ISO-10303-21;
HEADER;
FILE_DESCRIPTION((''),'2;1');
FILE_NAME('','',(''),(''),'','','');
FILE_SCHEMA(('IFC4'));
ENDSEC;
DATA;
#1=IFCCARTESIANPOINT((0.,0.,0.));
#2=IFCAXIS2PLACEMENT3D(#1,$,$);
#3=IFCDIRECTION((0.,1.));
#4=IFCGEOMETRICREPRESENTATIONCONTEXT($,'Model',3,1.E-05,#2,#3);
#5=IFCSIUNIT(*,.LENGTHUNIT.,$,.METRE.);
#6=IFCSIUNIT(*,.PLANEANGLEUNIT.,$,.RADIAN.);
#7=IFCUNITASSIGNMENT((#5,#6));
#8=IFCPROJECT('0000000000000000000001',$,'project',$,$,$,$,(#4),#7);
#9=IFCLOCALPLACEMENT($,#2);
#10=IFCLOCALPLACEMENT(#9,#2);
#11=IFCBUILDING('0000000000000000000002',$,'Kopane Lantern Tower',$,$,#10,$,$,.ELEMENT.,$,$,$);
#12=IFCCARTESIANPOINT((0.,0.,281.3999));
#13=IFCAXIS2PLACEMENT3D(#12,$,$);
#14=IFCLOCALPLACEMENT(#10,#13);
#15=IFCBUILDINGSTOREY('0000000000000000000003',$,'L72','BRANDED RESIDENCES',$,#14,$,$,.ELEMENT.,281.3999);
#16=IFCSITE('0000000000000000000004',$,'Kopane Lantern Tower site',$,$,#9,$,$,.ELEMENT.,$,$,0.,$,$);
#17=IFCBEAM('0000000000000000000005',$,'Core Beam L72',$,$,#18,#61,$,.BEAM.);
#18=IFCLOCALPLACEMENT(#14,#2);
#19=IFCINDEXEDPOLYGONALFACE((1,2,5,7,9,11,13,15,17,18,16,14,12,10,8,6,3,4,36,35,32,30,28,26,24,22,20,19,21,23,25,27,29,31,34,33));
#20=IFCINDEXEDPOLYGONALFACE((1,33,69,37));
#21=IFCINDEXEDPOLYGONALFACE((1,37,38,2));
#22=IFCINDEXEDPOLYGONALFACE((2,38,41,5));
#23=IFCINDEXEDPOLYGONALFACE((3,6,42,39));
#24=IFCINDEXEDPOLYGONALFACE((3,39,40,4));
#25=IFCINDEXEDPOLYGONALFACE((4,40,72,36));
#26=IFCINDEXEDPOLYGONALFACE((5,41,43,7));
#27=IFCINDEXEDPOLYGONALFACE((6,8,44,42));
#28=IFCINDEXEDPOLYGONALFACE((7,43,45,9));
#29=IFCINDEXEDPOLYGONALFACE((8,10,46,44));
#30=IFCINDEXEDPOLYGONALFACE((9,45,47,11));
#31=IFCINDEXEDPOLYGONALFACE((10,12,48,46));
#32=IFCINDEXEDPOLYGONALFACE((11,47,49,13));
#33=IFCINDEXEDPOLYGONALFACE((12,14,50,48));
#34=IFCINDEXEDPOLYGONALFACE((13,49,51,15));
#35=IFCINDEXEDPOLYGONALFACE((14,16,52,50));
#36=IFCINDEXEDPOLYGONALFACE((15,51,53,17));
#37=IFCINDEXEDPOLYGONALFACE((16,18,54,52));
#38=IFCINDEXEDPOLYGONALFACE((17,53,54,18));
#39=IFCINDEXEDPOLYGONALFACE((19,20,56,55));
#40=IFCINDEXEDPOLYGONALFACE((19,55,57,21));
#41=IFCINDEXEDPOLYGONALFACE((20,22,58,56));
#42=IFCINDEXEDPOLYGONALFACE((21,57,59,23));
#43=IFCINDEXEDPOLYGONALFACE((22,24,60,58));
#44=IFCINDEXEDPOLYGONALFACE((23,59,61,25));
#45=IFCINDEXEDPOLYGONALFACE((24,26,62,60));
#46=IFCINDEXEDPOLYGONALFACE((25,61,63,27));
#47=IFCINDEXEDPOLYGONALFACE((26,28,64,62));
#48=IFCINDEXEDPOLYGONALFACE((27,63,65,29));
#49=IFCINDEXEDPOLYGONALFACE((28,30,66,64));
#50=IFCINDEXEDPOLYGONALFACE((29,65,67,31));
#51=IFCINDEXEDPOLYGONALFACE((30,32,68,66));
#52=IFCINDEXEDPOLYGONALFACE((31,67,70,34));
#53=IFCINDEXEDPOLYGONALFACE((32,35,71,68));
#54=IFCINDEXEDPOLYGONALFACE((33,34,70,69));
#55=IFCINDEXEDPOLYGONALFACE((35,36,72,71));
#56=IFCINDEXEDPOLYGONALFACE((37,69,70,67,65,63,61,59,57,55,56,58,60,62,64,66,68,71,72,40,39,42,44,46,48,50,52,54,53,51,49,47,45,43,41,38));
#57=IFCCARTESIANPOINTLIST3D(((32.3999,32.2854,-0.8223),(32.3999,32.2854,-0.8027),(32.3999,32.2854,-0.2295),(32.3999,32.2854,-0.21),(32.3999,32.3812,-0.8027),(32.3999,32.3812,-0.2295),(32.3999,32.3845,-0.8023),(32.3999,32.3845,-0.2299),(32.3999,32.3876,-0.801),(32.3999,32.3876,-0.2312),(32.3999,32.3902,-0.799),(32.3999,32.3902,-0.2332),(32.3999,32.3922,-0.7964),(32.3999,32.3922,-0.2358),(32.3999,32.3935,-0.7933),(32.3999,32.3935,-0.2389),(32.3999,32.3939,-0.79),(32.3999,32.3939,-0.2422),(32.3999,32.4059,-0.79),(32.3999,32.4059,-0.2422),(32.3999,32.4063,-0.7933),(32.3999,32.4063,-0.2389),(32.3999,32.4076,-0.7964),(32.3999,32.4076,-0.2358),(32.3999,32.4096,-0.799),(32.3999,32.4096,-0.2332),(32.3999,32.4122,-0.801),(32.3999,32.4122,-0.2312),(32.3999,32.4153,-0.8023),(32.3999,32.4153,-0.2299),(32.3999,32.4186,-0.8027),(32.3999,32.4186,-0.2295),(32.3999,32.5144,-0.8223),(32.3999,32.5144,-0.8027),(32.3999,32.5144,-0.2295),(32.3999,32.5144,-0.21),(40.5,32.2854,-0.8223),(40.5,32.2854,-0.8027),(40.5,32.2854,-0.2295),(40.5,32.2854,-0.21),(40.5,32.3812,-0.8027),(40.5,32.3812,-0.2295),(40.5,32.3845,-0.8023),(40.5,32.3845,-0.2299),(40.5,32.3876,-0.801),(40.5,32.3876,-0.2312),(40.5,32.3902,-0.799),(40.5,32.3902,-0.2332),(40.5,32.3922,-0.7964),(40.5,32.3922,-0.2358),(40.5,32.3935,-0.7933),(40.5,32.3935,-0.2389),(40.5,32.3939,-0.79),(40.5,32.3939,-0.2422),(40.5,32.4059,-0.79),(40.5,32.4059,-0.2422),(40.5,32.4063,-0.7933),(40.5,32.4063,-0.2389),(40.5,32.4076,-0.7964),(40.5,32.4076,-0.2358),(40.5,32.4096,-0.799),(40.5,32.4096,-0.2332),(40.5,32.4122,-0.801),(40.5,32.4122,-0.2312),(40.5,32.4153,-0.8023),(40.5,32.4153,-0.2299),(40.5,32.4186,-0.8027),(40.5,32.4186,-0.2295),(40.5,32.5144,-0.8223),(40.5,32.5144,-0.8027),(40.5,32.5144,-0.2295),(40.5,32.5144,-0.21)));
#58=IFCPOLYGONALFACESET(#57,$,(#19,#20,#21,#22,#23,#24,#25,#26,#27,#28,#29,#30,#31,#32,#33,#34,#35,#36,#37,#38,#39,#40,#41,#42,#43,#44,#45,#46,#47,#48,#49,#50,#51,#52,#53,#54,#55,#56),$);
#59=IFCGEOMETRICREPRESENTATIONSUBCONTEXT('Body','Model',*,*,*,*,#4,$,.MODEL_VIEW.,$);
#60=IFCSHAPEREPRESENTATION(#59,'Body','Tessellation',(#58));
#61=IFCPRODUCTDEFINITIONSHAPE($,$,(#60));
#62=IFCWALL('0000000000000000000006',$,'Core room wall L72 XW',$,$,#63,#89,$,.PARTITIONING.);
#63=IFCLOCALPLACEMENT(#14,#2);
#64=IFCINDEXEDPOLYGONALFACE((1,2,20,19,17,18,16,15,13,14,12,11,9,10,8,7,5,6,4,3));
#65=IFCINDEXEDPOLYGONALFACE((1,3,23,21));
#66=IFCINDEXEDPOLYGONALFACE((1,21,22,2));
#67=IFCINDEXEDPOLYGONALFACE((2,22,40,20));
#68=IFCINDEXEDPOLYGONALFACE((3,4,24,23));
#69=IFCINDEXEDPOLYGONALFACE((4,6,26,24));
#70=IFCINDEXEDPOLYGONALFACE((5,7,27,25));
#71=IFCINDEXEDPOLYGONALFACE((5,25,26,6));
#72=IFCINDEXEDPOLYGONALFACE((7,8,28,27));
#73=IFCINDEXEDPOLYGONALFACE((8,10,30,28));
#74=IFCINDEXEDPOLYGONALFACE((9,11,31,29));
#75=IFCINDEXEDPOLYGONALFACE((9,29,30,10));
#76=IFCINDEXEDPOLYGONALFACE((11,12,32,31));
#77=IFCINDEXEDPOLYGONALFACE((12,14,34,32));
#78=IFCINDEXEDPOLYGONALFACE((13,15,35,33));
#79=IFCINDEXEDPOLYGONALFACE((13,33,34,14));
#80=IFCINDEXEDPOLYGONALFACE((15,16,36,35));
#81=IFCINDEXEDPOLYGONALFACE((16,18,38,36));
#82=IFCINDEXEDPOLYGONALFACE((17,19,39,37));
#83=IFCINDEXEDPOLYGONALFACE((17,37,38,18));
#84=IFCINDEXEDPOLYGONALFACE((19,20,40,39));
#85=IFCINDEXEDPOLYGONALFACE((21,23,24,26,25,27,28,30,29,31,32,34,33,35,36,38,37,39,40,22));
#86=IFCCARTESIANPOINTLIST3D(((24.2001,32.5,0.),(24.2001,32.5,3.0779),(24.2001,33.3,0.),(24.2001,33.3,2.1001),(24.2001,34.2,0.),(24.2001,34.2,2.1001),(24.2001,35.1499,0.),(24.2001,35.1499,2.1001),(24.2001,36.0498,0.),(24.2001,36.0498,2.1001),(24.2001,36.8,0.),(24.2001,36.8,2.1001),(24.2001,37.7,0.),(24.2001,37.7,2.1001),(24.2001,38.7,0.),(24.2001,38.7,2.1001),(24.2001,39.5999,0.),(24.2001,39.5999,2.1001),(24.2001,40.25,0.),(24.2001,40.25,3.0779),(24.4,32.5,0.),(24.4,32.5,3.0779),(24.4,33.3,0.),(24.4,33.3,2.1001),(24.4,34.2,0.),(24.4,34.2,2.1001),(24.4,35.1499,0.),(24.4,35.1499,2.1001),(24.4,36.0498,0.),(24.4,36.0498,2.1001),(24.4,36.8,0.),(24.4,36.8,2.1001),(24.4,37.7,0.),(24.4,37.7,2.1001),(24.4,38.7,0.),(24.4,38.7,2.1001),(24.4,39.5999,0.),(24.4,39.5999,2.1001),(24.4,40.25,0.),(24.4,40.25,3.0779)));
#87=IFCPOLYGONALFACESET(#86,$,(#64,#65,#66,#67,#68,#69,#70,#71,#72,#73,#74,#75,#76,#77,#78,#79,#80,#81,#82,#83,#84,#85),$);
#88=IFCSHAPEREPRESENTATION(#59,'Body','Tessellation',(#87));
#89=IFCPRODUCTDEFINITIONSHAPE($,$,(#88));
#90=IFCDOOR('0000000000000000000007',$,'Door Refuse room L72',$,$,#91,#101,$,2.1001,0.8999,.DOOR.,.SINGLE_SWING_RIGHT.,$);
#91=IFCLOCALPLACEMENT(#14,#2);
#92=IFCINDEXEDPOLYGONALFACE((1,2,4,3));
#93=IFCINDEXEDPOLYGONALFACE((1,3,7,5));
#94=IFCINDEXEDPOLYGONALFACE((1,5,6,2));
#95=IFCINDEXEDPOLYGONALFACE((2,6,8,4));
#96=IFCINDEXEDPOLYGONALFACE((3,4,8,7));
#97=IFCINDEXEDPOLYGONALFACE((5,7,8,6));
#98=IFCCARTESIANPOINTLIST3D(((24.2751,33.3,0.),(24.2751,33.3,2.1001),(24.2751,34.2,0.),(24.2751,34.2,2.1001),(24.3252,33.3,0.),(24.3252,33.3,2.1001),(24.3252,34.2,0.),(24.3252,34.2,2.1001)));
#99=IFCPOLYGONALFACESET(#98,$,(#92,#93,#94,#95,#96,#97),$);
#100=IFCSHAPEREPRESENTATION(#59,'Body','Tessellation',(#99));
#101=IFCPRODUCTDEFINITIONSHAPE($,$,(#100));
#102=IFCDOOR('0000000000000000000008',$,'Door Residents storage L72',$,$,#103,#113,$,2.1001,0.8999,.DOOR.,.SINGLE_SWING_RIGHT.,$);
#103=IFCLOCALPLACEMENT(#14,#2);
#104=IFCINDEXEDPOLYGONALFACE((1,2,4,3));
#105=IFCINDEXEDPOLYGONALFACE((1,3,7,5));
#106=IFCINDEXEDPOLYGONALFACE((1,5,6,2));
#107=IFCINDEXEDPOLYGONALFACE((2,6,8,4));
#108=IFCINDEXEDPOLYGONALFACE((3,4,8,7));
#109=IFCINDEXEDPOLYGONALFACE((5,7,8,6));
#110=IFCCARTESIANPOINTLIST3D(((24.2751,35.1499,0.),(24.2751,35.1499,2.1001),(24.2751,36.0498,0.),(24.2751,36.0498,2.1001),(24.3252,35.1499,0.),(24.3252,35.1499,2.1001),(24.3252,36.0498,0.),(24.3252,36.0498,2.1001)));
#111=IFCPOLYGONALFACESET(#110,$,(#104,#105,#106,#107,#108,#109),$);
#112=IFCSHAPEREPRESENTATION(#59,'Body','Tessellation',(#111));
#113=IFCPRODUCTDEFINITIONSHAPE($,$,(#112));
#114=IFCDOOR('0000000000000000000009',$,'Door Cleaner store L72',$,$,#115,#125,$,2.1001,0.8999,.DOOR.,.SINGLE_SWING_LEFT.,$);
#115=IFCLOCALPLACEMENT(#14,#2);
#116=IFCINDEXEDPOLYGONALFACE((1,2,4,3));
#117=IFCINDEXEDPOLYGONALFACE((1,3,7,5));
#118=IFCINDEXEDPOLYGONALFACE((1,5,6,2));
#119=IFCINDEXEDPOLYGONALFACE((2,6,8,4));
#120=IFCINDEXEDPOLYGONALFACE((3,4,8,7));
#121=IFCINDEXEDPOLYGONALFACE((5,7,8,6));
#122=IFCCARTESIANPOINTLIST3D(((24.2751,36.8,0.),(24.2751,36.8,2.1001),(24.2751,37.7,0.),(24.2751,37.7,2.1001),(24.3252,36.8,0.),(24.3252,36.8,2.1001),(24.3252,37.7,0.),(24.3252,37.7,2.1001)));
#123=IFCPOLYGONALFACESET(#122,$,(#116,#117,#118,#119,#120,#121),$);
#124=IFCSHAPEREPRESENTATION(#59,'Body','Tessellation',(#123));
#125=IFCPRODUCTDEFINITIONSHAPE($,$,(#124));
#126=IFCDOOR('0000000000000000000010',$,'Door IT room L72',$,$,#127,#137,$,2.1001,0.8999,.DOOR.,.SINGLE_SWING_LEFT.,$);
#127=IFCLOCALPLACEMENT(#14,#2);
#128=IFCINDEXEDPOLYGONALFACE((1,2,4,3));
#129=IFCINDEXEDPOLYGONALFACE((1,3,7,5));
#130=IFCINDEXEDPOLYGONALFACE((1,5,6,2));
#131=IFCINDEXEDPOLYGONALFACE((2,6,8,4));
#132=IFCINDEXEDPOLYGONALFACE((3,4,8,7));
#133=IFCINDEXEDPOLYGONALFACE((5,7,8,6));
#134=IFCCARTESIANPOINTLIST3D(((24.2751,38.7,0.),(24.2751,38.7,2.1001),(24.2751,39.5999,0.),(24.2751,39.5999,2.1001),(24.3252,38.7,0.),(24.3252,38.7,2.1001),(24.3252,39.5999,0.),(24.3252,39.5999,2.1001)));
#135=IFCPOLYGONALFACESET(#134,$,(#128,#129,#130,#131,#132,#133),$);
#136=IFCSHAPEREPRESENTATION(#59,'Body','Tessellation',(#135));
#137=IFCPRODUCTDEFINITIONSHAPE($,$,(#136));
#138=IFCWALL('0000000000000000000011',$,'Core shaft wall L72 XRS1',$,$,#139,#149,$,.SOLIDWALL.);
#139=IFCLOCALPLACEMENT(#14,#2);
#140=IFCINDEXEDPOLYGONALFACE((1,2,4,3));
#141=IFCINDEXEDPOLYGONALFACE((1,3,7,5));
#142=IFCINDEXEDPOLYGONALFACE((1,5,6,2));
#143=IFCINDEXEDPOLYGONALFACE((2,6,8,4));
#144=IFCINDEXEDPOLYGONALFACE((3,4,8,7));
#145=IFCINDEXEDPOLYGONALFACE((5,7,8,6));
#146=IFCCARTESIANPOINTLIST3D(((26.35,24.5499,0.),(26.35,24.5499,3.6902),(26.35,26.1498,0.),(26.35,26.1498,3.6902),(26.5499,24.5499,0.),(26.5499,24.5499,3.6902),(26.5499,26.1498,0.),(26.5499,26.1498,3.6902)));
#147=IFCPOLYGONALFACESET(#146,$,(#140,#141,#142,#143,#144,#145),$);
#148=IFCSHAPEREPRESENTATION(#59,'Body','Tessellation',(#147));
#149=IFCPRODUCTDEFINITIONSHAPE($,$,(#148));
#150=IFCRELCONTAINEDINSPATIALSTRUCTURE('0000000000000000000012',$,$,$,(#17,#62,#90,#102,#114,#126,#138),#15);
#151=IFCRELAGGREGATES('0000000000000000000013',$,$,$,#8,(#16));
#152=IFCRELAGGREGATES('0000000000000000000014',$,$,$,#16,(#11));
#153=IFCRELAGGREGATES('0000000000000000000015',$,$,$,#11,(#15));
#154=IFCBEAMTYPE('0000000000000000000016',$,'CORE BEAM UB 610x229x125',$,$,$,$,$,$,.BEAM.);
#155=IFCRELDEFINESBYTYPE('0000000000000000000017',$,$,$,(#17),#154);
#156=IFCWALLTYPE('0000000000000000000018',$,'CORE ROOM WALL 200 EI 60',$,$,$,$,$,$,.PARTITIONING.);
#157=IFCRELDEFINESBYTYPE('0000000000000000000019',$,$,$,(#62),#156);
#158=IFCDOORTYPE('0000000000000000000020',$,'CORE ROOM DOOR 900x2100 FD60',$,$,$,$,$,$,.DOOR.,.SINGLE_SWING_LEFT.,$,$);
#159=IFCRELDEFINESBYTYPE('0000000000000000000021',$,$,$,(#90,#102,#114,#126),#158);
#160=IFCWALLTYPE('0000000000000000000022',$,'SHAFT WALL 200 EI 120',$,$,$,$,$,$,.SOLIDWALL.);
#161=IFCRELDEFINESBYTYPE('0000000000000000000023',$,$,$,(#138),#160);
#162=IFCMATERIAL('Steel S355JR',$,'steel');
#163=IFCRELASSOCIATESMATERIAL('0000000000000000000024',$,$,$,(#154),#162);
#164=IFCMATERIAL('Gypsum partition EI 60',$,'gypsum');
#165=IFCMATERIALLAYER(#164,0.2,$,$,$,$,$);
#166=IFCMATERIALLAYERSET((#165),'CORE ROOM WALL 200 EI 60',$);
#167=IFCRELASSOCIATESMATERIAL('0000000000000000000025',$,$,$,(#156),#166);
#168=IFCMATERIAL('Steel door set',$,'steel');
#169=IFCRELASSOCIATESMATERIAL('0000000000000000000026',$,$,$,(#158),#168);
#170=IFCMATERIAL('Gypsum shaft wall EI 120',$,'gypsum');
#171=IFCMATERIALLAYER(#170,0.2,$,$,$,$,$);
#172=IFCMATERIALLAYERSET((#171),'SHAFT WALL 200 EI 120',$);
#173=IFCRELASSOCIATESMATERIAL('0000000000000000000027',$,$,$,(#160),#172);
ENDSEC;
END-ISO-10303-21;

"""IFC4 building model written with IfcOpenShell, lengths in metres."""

from ifc_helpers import new_model, si_unit, direction, frame, frame_2d, origin, origin_2d, place, context, subcontext, project, spatial, rectangle, i_section, extrude, material, layer, layer_set, material_profile, profile_set, type_object, element, fill, save


model = new_model("IFC4")

# Units and contexts
model_context = context("Model", 3, precision=1e-05, world=origin(), true_north=direction((0.0, 1.0)))
body_context = subcontext(model_context, "Body", "Model", "MODEL_VIEW")
ifc_project = project(units=[si_unit("LENGTHUNIT", "METRE"), si_unit("PLANEANGLEUNIT", "RADIAN")], contexts=[model_context])

# Site, building, storey
site_placement = place(None, origin())
site = spatial("IfcSite", under=ifc_project, at=site_placement, Name="Kopane Lantern Tower site", CompositionType="ELEMENT", RefElevation=0.0)
building_placement = place(site_placement, origin())
building = spatial("IfcBuilding", under=site, at=building_placement, Name="Kopane Lantern Tower", CompositionType="ELEMENT")
storey_placement = place(building_placement, frame((0.0, 0.0, 281.3999)))
storey = spatial("IfcBuildingStorey", under=building, at=storey_placement, Name="L72", Description="BRANDED RESIDENCES", CompositionType="ELEMENT", Elevation=281.3999)

# Beam
ifc_material_1 = material(Name="Steel S355JR", Category="steel")
ifc_material_profile_1 = material_profile(ifc_material_1, i_section(OverallWidth=0.229, OverallDepth=0.6123, WebThickness=0.012, FlangeThickness=0.0195, FilletRadius=0.0127, at=origin_2d()), Name="UB 610x229x125")
ifc_profile_set_1 = profile_set([ifc_material_profile_1], Name="Steel S355JR")
beam_type = type_object("IfcBeamType", Name="CORE BEAM UB 610x229x125", PredefinedType="BEAM", material=ifc_profile_set_1)
for number, where, z_axis, x_axis, name in (
    (1, (32.3999, 32.3999, -0.5161), (1.0, 0.0, 0.0), (0.0, 1.0, 0.0), "Core Beam L72"),
):
    element("IfcBeam", number, at=place(storey_placement, frame(where, z_axis=z_axis, x_axis=x_axis)), inside=storey, type_object=beam_type, Name=name, PredefinedType="BEAM", context=body_context, shape_type="SweptSolid", body=[
        extrude(i_section(OverallWidth=0.229, OverallDepth=0.6123, WebThickness=0.012, FlangeThickness=0.0195, FilletRadius=0.0127, at=origin_2d()), origin(), (0.0, 0.0, 1.0), 8.1001),
    ])

# Wall, openings, doors
ifc_material_2 = material(Name="Gypsum partition EI 60", Category="gypsum")
ifc_layer_1 = layer(ifc_material_2, 0.2)
ifc_layer_set_1 = layer_set([ifc_layer_1], Name="CORE ROOM WALL 200 EI 60")
wall_type_1 = type_object("IfcWallType", Name="CORE ROOM WALL 200 EI 60", PredefinedType="PARTITIONING", material=ifc_layer_set_1)
wall_1_placement = place(storey_placement, frame((24.3, 32.5, 0.0), z_axis=(0.0, 0.0, 1.0), x_axis=(0.0, 1.0, 0.0)))
wall_1 = element("IfcWall", 2, at=wall_1_placement, inside=storey, type_object=wall_type_1, Name="Core room wall L72 XW", PredefinedType="PARTITIONING", context=body_context, shape_type="SweptSolid", body=[
    extrude(rectangle(XDim=7.75, YDim=0.2, at=frame_2d((3.875, 0.0))), origin(), (0.0, 0.0, 1.0), 3.0779),
])
opening_1_placement = place(wall_1_placement, frame((0.8, 0.0, 0.0)))
opening_1 = element("IfcOpeningElement", 3, at=opening_1_placement, cuts=wall_1, PredefinedType="OPENING", context=body_context, shape_type="SweptSolid", body=[
    extrude(rectangle(XDim=0.8999, YDim=2.1001, at=frame_2d((0.45, 1.05))), frame((0.0, 0.1099, 0.0), z_axis=(0.0, -1.0, 0.0), x_axis=(1.0, 0.0, 0.0)), (0.0, 0.0, 1.0), 0.22),
])
opening_2_placement = place(wall_1_placement, frame((2.6499, 0.0, 0.0)))
opening_2 = element("IfcOpeningElement", 4, at=opening_2_placement, cuts=wall_1, PredefinedType="OPENING", context=body_context, shape_type="SweptSolid", body=[
    extrude(rectangle(XDim=0.8999, YDim=2.1001, at=frame_2d((0.45, 1.05))), frame((0.0, 0.1099, 0.0), z_axis=(0.0, -1.0, 0.0), x_axis=(1.0, 0.0, 0.0)), (0.0, 0.0, 1.0), 0.22),
])
opening_3_placement = place(wall_1_placement, frame((4.3, 0.0, 0.0)))
opening_3 = element("IfcOpeningElement", 5, at=opening_3_placement, cuts=wall_1, PredefinedType="OPENING", context=body_context, shape_type="SweptSolid", body=[
    extrude(rectangle(XDim=0.8999, YDim=2.1001, at=frame_2d((0.45, 1.05))), frame((0.0, 0.1099, 0.0), z_axis=(0.0, -1.0, 0.0), x_axis=(1.0, 0.0, 0.0)), (0.0, 0.0, 1.0), 0.22),
])
opening_4_placement = place(wall_1_placement, frame((6.2, 0.0, 0.0)))
opening_4 = element("IfcOpeningElement", 6, at=opening_4_placement, cuts=wall_1, PredefinedType="OPENING", context=body_context, shape_type="SweptSolid", body=[
    extrude(rectangle(XDim=0.8999, YDim=2.1001, at=frame_2d((0.45, 1.05))), frame((0.0, 0.1099, 0.0), z_axis=(0.0, -1.0, 0.0), x_axis=(1.0, 0.0, 0.0)), (0.0, 0.0, 1.0), 0.22),
])
ifc_material_3 = material(Name="Steel door set", Category="steel")
door_type_1 = type_object("IfcDoorType", Name="CORE ROOM DOOR 900x2100 FD60", OperationType="SINGLE_SWING_LEFT", PredefinedType="DOOR", material=ifc_material_3)
door_1_placement = place(opening_1_placement, origin())
door_1 = element("IfcDoor", 7, at=door_1_placement, inside=storey, type_object=door_type_1, Name="Door Refuse room L72", OperationType="SINGLE_SWING_RIGHT", OverallHeight=2.1001, OverallWidth=0.8999, PredefinedType="DOOR", context=body_context, shape_type="SweptSolid", body=[
    extrude(rectangle(XDim=0.8999, YDim=2.1001, at=frame_2d((0.45, 1.05))), frame((0.0, 0.0249, 0.0), z_axis=(0.0, -1.0, 0.0), x_axis=(1.0, 0.0, 0.0)), (0.0, 0.0, 1.0), 0.05),
])
fill(opening_1, door_1)
door_2_placement = place(opening_2_placement, origin())
door_2 = element("IfcDoor", 8, at=door_2_placement, inside=storey, type_object=door_type_1, Name="Door Residents storage L72", OperationType="SINGLE_SWING_RIGHT", OverallHeight=2.1001, OverallWidth=0.8999, PredefinedType="DOOR", context=body_context, shape_type="SweptSolid", body=[
    extrude(rectangle(XDim=0.8999, YDim=2.1001, at=frame_2d((0.45, 1.05))), frame((0.0, 0.0249, 0.0), z_axis=(0.0, -1.0, 0.0), x_axis=(1.0, 0.0, 0.0)), (0.0, 0.0, 1.0), 0.05),
])
fill(opening_2, door_2)
door_3_placement = place(opening_3_placement, origin())
door_3 = element("IfcDoor", 9, at=door_3_placement, inside=storey, type_object=door_type_1, Name="Door Cleaner store L72", OperationType="SINGLE_SWING_LEFT", OverallHeight=2.1001, OverallWidth=0.8999, PredefinedType="DOOR", context=body_context, shape_type="SweptSolid", body=[
    extrude(rectangle(XDim=0.8999, YDim=2.1001, at=frame_2d((0.45, 1.05))), frame((0.0, 0.0249, 0.0), z_axis=(0.0, -1.0, 0.0), x_axis=(1.0, 0.0, 0.0)), (0.0, 0.0, 1.0), 0.05),
])
fill(opening_3, door_3)
door_4_placement = place(opening_4_placement, origin())
door_4 = element("IfcDoor", 10, at=door_4_placement, inside=storey, type_object=door_type_1, Name="Door IT room L72", OperationType="SINGLE_SWING_LEFT", OverallHeight=2.1001, OverallWidth=0.8999, PredefinedType="DOOR", context=body_context, shape_type="SweptSolid", body=[
    extrude(rectangle(XDim=0.8999, YDim=2.1001, at=frame_2d((0.45, 1.05))), frame((0.0, 0.0249, 0.0), z_axis=(0.0, -1.0, 0.0), x_axis=(1.0, 0.0, 0.0)), (0.0, 0.0, 1.0), 0.05),
])
fill(opening_4, door_4)

# Wall
ifc_material_4 = material(Name="Gypsum shaft wall EI 120", Category="gypsum")
ifc_layer_2 = layer(ifc_material_4, 0.2)
ifc_layer_set_2 = layer_set([ifc_layer_2], Name="SHAFT WALL 200 EI 120")
wall_type_2 = type_object("IfcWallType", Name="SHAFT WALL 200 EI 120", PredefinedType="SOLIDWALL", material=ifc_layer_set_2)
wall_2_placement = place(storey_placement, frame((26.45, 24.55, 0.0), z_axis=(0.0, 0.0, 1.0), x_axis=(0.0, 1.0, 0.0)))
element("IfcWall", 11, at=wall_2_placement, inside=storey, type_object=wall_type_2, Name="Core shaft wall L72 XRS1", PredefinedType="SOLIDWALL", context=body_context, shape_type="SweptSolid", body=[
    extrude(rectangle(XDim=1.5999, YDim=0.2, at=frame_2d((0.7998, 0.0))), origin(), (0.0, 0.0, 1.0), 3.6902),
])

save(model, "model.ifc")
